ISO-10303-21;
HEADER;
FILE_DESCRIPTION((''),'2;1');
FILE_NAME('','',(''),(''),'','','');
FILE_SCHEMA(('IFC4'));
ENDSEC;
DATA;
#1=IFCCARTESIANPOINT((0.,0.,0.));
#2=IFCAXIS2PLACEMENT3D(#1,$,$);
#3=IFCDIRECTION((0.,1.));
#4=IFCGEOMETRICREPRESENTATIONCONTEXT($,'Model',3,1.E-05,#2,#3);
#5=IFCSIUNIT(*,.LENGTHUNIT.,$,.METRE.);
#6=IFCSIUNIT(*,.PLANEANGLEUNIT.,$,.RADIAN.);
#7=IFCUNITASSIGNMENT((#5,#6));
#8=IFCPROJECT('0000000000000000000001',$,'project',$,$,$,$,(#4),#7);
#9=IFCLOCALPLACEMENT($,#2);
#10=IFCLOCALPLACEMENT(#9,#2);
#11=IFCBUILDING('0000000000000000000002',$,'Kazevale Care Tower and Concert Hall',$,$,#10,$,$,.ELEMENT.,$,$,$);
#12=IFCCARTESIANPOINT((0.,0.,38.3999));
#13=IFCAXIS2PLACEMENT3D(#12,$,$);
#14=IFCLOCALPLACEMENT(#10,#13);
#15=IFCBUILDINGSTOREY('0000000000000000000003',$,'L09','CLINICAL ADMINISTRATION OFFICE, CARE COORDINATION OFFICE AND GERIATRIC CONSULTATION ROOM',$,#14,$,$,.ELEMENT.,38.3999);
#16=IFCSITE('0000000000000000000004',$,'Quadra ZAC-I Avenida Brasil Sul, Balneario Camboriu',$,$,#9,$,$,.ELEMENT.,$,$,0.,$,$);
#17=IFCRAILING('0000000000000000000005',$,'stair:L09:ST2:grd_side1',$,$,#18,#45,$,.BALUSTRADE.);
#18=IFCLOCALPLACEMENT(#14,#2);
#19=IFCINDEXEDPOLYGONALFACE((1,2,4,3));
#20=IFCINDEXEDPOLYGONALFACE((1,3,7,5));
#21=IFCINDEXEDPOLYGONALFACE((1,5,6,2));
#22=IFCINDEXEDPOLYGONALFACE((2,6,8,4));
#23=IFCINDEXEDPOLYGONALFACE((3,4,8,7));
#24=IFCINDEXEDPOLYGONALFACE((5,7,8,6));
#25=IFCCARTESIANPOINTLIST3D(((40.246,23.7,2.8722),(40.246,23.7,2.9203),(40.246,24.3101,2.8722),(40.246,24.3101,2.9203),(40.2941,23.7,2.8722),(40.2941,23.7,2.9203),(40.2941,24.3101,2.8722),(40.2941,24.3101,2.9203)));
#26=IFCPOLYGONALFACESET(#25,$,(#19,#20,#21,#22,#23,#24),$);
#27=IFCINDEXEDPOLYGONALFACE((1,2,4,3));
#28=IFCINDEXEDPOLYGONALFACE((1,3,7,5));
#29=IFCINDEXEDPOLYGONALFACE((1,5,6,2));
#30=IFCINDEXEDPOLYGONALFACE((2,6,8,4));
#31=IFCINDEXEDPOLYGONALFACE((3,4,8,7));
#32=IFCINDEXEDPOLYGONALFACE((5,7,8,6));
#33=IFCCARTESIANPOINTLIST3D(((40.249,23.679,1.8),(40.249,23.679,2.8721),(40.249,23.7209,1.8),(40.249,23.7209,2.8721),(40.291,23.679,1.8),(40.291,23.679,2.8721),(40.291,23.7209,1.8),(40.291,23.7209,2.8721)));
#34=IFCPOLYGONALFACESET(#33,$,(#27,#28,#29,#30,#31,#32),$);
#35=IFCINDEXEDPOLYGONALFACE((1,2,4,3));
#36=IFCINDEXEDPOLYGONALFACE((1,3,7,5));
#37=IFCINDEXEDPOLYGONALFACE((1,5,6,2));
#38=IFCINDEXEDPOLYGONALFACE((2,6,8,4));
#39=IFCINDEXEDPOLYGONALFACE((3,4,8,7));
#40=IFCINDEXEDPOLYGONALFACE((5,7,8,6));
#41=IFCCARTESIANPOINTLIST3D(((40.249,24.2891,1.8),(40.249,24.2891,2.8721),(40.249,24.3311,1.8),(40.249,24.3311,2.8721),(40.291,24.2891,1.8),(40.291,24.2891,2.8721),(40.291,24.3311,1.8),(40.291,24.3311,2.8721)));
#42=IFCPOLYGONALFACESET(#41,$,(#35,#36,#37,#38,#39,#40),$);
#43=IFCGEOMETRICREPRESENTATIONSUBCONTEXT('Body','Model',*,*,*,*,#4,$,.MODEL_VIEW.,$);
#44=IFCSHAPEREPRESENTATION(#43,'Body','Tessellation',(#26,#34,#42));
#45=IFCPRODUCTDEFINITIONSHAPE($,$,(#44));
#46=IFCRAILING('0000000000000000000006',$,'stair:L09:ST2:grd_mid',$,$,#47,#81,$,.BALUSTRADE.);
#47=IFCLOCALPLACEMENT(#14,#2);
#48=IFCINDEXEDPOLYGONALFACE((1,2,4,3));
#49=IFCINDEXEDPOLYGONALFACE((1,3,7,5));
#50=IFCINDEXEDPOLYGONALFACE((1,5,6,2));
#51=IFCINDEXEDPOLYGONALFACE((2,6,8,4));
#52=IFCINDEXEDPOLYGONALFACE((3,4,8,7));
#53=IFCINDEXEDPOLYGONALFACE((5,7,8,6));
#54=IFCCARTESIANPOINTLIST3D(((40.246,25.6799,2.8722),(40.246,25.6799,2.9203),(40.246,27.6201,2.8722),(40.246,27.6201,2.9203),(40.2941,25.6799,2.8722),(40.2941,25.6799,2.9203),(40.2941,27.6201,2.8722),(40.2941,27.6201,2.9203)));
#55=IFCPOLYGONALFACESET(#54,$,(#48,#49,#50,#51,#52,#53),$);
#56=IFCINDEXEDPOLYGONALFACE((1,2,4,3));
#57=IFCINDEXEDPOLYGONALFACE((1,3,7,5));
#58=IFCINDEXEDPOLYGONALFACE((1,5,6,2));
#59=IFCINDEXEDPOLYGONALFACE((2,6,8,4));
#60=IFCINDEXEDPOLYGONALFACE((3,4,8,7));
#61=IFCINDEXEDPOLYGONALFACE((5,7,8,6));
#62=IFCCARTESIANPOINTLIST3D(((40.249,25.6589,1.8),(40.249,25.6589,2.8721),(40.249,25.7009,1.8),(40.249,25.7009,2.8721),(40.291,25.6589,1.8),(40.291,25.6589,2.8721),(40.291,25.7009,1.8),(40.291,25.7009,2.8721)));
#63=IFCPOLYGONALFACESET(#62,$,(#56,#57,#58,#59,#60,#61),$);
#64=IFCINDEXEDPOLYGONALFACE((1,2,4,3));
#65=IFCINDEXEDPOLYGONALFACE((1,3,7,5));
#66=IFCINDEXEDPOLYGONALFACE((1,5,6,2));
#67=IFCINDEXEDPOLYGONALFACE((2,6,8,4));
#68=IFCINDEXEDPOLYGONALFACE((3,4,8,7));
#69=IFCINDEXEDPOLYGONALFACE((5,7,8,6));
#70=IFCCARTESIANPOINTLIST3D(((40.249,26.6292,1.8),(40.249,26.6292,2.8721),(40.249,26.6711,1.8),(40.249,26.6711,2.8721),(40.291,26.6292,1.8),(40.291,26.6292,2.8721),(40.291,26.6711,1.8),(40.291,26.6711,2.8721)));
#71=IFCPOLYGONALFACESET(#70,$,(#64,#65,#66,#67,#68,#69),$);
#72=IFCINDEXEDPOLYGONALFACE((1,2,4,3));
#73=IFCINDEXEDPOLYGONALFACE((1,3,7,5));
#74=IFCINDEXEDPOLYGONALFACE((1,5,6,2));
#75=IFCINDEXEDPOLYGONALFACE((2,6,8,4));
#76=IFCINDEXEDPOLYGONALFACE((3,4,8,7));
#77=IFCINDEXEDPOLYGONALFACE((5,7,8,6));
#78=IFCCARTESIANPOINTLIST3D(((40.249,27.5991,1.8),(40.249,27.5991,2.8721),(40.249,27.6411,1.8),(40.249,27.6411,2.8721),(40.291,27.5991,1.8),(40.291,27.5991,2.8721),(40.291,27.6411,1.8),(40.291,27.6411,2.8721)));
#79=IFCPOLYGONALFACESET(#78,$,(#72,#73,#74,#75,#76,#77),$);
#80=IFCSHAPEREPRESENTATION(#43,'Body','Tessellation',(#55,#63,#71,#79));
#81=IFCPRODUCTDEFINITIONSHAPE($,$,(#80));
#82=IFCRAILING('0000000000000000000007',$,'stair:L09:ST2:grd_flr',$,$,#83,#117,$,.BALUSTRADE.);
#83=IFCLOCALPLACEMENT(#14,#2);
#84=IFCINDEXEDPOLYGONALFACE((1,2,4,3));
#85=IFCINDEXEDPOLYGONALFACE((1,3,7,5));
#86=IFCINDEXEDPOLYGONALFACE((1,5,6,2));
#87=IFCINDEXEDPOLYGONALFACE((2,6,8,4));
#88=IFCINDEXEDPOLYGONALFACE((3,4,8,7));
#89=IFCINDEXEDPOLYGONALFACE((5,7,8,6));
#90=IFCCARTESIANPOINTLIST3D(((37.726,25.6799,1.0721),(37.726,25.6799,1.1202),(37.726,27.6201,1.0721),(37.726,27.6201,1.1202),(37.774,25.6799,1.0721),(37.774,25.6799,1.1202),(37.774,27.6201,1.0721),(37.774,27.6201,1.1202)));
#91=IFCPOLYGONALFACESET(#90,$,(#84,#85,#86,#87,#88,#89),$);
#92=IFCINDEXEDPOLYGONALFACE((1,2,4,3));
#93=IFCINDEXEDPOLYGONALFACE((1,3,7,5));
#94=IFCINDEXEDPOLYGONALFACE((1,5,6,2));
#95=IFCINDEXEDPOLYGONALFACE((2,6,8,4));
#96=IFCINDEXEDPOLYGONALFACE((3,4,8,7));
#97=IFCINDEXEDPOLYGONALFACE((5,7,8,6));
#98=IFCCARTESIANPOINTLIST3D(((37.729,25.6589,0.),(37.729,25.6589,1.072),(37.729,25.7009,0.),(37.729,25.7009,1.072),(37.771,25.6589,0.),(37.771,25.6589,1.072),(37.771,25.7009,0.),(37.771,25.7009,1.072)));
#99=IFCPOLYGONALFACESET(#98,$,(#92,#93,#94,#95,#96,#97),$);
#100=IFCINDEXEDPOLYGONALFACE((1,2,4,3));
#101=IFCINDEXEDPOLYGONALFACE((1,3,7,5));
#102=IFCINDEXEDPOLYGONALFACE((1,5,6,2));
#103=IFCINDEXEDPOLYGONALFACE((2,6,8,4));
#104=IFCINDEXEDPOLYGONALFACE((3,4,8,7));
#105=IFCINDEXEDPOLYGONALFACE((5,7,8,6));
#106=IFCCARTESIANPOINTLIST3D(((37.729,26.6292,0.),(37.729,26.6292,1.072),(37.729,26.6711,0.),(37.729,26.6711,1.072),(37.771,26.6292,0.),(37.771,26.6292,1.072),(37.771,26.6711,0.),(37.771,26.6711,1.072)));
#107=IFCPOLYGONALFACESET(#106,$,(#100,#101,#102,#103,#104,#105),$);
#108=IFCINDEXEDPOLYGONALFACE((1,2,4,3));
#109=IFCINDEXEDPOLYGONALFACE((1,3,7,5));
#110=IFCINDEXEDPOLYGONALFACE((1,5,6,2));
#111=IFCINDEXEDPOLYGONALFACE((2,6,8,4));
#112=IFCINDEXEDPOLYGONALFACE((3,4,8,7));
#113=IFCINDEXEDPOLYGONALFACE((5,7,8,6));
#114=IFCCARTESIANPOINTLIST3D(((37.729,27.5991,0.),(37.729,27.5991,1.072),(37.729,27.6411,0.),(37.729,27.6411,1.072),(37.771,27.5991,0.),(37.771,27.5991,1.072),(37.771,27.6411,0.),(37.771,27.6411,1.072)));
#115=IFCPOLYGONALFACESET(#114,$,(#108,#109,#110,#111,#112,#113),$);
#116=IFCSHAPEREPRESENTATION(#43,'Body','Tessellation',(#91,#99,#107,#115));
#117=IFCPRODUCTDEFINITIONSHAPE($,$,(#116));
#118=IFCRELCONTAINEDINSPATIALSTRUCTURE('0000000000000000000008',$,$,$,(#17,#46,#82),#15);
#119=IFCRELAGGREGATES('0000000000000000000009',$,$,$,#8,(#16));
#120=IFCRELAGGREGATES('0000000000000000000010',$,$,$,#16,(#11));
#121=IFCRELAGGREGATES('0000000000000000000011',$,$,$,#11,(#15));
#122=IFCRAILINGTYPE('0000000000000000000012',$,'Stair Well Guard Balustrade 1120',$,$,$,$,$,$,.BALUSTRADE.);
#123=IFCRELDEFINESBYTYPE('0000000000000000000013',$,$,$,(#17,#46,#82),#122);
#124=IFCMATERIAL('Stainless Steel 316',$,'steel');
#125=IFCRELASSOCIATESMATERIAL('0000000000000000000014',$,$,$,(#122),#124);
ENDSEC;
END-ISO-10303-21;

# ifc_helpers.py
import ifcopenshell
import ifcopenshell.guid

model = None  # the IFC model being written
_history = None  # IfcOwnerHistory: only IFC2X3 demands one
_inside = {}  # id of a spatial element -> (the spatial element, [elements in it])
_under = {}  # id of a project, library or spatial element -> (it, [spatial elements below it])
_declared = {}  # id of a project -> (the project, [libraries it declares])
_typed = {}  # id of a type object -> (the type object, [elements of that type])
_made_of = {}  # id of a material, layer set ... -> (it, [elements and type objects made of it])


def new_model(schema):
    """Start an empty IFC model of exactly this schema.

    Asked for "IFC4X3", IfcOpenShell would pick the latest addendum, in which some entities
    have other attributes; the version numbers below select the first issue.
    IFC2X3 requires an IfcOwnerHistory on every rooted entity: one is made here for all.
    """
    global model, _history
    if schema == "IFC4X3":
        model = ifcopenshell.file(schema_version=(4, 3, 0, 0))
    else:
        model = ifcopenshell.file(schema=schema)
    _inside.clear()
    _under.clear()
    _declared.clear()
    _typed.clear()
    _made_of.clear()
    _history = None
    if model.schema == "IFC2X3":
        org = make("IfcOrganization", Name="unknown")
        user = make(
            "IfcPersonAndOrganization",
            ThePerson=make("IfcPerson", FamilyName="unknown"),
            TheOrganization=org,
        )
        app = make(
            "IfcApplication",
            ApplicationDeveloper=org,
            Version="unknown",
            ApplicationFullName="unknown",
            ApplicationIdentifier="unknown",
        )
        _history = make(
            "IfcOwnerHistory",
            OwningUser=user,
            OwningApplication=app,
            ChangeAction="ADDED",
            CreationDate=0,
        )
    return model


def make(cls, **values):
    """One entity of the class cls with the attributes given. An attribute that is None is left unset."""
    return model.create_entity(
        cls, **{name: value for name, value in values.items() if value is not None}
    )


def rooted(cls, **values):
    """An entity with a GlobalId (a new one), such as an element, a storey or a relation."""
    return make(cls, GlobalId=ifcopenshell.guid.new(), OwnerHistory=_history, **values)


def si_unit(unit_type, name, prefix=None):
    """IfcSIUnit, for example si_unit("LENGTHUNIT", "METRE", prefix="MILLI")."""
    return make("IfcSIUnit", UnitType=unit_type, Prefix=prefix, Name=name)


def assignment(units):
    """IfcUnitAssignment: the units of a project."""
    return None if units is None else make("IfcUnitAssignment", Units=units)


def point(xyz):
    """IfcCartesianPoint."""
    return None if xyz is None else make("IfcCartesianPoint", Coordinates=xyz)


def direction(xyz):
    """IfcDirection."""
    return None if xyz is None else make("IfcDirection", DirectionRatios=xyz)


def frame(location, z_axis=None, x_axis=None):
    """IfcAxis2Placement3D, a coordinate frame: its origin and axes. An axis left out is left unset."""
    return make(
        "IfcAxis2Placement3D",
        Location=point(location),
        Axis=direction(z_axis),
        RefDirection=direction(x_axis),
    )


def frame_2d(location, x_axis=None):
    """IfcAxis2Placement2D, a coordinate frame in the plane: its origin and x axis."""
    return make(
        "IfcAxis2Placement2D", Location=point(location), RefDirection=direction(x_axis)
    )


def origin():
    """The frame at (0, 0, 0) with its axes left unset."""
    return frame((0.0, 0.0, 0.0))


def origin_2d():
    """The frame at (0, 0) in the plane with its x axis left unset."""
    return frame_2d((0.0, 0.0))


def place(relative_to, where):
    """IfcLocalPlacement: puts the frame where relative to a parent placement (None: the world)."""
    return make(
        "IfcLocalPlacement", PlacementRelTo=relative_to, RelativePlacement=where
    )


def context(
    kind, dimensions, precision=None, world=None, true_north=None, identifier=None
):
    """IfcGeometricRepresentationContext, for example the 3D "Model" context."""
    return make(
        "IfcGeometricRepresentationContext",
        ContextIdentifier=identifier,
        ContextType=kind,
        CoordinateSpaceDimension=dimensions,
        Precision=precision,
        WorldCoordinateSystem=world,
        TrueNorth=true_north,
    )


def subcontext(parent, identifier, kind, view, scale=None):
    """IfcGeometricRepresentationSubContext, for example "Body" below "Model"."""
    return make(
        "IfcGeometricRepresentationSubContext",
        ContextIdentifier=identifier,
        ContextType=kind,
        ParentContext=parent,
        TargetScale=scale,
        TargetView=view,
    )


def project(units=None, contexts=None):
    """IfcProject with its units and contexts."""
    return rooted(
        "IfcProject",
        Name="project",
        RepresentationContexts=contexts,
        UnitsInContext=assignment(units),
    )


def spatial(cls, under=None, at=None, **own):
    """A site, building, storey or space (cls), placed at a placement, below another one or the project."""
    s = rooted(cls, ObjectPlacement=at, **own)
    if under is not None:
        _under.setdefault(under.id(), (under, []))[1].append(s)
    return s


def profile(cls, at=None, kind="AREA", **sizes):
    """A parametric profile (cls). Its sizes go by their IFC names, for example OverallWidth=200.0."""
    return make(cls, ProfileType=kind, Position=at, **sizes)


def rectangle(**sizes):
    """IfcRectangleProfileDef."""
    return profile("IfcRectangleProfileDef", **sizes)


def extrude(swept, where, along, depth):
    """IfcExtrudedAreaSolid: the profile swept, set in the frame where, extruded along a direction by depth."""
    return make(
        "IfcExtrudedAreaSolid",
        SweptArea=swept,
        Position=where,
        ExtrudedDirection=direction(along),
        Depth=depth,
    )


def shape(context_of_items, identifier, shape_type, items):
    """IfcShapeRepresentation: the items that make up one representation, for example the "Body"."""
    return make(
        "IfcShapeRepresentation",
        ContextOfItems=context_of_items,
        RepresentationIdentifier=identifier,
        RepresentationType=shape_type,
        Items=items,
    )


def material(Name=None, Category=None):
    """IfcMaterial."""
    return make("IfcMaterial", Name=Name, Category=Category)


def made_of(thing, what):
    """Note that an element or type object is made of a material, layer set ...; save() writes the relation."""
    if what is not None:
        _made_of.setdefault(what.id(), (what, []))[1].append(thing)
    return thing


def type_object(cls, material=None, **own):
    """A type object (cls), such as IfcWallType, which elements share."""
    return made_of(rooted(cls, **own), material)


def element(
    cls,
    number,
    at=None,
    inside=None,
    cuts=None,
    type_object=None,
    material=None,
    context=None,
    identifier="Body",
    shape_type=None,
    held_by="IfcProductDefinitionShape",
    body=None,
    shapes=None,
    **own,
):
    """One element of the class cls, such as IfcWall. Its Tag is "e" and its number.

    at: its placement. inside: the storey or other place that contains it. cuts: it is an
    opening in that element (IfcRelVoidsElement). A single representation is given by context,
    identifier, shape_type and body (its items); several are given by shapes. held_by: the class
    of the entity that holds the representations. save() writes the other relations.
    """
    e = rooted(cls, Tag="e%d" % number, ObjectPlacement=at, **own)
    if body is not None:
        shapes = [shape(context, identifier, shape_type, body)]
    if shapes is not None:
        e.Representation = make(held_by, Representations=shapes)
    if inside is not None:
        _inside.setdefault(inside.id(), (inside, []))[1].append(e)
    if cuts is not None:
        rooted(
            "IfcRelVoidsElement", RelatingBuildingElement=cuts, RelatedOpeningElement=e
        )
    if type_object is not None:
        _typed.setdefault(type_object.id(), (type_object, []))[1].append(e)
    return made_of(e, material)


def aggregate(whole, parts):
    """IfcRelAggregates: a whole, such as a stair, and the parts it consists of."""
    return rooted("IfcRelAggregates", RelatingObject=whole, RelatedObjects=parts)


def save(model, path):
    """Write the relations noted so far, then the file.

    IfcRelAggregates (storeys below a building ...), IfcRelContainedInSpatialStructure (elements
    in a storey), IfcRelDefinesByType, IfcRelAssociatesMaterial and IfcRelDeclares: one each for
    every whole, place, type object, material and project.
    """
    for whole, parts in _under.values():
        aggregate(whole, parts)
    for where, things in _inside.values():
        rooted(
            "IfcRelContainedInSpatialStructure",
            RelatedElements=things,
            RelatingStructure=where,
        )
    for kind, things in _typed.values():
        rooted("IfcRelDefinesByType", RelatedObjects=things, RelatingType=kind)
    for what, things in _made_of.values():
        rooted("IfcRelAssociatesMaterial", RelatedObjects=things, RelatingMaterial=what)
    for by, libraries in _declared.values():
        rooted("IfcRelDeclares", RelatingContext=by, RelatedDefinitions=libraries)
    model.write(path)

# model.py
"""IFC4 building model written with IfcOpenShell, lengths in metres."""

from ifc_helpers import new_model, si_unit, direction, frame, origin, origin_2d, place, context, subcontext, project, spatial, rectangle, extrude, material, type_object, element, save


model = new_model("IFC4")

# Units and contexts
model_context = context("Model", 3, precision=1e-05, world=origin(), true_north=direction((0.0, 1.0)))
body_context = subcontext(model_context, "Body", "Model", "MODEL_VIEW")
ifc_project = project(units=[si_unit("LENGTHUNIT", "METRE"), si_unit("PLANEANGLEUNIT", "RADIAN")], contexts=[model_context])

# Site, building, storey
site_placement = place(None, origin())
site = spatial("IfcSite", under=ifc_project, at=site_placement, Name="Quadra ZAC-I Avenida Brasil Sul, Balneario Camboriu", CompositionType="ELEMENT", RefElevation=0.0)
building_placement = place(site_placement, origin())
building = spatial("IfcBuilding", under=site, at=building_placement, Name="Kazevale Care Tower and Concert Hall", CompositionType="ELEMENT")
storey_placement = place(building_placement, frame((0.0, 0.0, 38.3999)))
storey = spatial("IfcBuildingStorey", under=building, at=storey_placement, Name="L09", Description="CLINICAL ADMINISTRATION OFFICE, CARE COORDINATION OFFICE AND GERIATRIC CONSULTATION ROOM", CompositionType="ELEMENT", Elevation=38.3999)

# Railings
ifc_material_1 = material(Name="Stainless Steel 316", Category="steel")
railing_type_1 = type_object("IfcRailingType", Name="Stair Well Guard Balustrade 1120", PredefinedType="BALUSTRADE", material=ifc_material_1)
railing_1_placement = place(storey_placement, frame((40.27, 23.7, 1.8)))
element("IfcRailing", 1, at=railing_1_placement, inside=storey, type_object=railing_type_1, Name="stair:L09:ST2:grd_side1", PredefinedType="BALUSTRADE", context=body_context, shape_type="SweptSolid", body=[
    extrude(rectangle(XDim=0.0481, YDim=0.0481, at=origin_2d()), frame((0.0, 0.0, 1.0962), z_axis=(0.0, 1.0, 0.0), x_axis=(-1.0, 0.0, 0.0)), (0.0, 0.0, 1.0), 0.6101),
    extrude(rectangle(XDim=0.042, YDim=0.042, at=origin_2d()), origin(), (0.0, 0.0, 1.0), 1.072),
    extrude(rectangle(XDim=0.042, YDim=0.042, at=origin_2d()), frame((0.0, 0.6101, 0.0)), (0.0, 0.0, 1.0), 1.072),
])
for number, where, name in (
    (2, (40.27, 25.6799, 1.8), "stair:L09:ST2:grd_mid"),
    (3, (37.75, 25.6799, 0.0), "stair:L09:ST2:grd_flr"),
):
    element("IfcRailing", number, at=place(storey_placement, frame(where)), inside=storey, type_object=railing_type_1, Name=name, PredefinedType="BALUSTRADE", context=body_context, shape_type="SweptSolid", body=[
        extrude(rectangle(XDim=0.0481, YDim=0.0481, at=origin_2d()), frame((0.0, 0.0, 1.0962), z_axis=(0.0, 1.0, 0.0), x_axis=(-1.0, 0.0, 0.0)), (0.0, 0.0, 1.0), 1.9402),
        extrude(rectangle(XDim=0.042, YDim=0.042, at=origin_2d()), origin(), (0.0, 0.0, 1.0), 1.072),
        extrude(rectangle(XDim=0.042, YDim=0.042, at=origin_2d()), frame((0.0, 0.9702, 0.0)), (0.0, 0.0, 1.0), 1.072),
        extrude(rectangle(XDim=0.042, YDim=0.042, at=origin_2d()), frame((0.0, 1.9402, 0.0)), (0.0, 0.0, 1.0), 1.072),
    ])

save(model, "model.ifc")
